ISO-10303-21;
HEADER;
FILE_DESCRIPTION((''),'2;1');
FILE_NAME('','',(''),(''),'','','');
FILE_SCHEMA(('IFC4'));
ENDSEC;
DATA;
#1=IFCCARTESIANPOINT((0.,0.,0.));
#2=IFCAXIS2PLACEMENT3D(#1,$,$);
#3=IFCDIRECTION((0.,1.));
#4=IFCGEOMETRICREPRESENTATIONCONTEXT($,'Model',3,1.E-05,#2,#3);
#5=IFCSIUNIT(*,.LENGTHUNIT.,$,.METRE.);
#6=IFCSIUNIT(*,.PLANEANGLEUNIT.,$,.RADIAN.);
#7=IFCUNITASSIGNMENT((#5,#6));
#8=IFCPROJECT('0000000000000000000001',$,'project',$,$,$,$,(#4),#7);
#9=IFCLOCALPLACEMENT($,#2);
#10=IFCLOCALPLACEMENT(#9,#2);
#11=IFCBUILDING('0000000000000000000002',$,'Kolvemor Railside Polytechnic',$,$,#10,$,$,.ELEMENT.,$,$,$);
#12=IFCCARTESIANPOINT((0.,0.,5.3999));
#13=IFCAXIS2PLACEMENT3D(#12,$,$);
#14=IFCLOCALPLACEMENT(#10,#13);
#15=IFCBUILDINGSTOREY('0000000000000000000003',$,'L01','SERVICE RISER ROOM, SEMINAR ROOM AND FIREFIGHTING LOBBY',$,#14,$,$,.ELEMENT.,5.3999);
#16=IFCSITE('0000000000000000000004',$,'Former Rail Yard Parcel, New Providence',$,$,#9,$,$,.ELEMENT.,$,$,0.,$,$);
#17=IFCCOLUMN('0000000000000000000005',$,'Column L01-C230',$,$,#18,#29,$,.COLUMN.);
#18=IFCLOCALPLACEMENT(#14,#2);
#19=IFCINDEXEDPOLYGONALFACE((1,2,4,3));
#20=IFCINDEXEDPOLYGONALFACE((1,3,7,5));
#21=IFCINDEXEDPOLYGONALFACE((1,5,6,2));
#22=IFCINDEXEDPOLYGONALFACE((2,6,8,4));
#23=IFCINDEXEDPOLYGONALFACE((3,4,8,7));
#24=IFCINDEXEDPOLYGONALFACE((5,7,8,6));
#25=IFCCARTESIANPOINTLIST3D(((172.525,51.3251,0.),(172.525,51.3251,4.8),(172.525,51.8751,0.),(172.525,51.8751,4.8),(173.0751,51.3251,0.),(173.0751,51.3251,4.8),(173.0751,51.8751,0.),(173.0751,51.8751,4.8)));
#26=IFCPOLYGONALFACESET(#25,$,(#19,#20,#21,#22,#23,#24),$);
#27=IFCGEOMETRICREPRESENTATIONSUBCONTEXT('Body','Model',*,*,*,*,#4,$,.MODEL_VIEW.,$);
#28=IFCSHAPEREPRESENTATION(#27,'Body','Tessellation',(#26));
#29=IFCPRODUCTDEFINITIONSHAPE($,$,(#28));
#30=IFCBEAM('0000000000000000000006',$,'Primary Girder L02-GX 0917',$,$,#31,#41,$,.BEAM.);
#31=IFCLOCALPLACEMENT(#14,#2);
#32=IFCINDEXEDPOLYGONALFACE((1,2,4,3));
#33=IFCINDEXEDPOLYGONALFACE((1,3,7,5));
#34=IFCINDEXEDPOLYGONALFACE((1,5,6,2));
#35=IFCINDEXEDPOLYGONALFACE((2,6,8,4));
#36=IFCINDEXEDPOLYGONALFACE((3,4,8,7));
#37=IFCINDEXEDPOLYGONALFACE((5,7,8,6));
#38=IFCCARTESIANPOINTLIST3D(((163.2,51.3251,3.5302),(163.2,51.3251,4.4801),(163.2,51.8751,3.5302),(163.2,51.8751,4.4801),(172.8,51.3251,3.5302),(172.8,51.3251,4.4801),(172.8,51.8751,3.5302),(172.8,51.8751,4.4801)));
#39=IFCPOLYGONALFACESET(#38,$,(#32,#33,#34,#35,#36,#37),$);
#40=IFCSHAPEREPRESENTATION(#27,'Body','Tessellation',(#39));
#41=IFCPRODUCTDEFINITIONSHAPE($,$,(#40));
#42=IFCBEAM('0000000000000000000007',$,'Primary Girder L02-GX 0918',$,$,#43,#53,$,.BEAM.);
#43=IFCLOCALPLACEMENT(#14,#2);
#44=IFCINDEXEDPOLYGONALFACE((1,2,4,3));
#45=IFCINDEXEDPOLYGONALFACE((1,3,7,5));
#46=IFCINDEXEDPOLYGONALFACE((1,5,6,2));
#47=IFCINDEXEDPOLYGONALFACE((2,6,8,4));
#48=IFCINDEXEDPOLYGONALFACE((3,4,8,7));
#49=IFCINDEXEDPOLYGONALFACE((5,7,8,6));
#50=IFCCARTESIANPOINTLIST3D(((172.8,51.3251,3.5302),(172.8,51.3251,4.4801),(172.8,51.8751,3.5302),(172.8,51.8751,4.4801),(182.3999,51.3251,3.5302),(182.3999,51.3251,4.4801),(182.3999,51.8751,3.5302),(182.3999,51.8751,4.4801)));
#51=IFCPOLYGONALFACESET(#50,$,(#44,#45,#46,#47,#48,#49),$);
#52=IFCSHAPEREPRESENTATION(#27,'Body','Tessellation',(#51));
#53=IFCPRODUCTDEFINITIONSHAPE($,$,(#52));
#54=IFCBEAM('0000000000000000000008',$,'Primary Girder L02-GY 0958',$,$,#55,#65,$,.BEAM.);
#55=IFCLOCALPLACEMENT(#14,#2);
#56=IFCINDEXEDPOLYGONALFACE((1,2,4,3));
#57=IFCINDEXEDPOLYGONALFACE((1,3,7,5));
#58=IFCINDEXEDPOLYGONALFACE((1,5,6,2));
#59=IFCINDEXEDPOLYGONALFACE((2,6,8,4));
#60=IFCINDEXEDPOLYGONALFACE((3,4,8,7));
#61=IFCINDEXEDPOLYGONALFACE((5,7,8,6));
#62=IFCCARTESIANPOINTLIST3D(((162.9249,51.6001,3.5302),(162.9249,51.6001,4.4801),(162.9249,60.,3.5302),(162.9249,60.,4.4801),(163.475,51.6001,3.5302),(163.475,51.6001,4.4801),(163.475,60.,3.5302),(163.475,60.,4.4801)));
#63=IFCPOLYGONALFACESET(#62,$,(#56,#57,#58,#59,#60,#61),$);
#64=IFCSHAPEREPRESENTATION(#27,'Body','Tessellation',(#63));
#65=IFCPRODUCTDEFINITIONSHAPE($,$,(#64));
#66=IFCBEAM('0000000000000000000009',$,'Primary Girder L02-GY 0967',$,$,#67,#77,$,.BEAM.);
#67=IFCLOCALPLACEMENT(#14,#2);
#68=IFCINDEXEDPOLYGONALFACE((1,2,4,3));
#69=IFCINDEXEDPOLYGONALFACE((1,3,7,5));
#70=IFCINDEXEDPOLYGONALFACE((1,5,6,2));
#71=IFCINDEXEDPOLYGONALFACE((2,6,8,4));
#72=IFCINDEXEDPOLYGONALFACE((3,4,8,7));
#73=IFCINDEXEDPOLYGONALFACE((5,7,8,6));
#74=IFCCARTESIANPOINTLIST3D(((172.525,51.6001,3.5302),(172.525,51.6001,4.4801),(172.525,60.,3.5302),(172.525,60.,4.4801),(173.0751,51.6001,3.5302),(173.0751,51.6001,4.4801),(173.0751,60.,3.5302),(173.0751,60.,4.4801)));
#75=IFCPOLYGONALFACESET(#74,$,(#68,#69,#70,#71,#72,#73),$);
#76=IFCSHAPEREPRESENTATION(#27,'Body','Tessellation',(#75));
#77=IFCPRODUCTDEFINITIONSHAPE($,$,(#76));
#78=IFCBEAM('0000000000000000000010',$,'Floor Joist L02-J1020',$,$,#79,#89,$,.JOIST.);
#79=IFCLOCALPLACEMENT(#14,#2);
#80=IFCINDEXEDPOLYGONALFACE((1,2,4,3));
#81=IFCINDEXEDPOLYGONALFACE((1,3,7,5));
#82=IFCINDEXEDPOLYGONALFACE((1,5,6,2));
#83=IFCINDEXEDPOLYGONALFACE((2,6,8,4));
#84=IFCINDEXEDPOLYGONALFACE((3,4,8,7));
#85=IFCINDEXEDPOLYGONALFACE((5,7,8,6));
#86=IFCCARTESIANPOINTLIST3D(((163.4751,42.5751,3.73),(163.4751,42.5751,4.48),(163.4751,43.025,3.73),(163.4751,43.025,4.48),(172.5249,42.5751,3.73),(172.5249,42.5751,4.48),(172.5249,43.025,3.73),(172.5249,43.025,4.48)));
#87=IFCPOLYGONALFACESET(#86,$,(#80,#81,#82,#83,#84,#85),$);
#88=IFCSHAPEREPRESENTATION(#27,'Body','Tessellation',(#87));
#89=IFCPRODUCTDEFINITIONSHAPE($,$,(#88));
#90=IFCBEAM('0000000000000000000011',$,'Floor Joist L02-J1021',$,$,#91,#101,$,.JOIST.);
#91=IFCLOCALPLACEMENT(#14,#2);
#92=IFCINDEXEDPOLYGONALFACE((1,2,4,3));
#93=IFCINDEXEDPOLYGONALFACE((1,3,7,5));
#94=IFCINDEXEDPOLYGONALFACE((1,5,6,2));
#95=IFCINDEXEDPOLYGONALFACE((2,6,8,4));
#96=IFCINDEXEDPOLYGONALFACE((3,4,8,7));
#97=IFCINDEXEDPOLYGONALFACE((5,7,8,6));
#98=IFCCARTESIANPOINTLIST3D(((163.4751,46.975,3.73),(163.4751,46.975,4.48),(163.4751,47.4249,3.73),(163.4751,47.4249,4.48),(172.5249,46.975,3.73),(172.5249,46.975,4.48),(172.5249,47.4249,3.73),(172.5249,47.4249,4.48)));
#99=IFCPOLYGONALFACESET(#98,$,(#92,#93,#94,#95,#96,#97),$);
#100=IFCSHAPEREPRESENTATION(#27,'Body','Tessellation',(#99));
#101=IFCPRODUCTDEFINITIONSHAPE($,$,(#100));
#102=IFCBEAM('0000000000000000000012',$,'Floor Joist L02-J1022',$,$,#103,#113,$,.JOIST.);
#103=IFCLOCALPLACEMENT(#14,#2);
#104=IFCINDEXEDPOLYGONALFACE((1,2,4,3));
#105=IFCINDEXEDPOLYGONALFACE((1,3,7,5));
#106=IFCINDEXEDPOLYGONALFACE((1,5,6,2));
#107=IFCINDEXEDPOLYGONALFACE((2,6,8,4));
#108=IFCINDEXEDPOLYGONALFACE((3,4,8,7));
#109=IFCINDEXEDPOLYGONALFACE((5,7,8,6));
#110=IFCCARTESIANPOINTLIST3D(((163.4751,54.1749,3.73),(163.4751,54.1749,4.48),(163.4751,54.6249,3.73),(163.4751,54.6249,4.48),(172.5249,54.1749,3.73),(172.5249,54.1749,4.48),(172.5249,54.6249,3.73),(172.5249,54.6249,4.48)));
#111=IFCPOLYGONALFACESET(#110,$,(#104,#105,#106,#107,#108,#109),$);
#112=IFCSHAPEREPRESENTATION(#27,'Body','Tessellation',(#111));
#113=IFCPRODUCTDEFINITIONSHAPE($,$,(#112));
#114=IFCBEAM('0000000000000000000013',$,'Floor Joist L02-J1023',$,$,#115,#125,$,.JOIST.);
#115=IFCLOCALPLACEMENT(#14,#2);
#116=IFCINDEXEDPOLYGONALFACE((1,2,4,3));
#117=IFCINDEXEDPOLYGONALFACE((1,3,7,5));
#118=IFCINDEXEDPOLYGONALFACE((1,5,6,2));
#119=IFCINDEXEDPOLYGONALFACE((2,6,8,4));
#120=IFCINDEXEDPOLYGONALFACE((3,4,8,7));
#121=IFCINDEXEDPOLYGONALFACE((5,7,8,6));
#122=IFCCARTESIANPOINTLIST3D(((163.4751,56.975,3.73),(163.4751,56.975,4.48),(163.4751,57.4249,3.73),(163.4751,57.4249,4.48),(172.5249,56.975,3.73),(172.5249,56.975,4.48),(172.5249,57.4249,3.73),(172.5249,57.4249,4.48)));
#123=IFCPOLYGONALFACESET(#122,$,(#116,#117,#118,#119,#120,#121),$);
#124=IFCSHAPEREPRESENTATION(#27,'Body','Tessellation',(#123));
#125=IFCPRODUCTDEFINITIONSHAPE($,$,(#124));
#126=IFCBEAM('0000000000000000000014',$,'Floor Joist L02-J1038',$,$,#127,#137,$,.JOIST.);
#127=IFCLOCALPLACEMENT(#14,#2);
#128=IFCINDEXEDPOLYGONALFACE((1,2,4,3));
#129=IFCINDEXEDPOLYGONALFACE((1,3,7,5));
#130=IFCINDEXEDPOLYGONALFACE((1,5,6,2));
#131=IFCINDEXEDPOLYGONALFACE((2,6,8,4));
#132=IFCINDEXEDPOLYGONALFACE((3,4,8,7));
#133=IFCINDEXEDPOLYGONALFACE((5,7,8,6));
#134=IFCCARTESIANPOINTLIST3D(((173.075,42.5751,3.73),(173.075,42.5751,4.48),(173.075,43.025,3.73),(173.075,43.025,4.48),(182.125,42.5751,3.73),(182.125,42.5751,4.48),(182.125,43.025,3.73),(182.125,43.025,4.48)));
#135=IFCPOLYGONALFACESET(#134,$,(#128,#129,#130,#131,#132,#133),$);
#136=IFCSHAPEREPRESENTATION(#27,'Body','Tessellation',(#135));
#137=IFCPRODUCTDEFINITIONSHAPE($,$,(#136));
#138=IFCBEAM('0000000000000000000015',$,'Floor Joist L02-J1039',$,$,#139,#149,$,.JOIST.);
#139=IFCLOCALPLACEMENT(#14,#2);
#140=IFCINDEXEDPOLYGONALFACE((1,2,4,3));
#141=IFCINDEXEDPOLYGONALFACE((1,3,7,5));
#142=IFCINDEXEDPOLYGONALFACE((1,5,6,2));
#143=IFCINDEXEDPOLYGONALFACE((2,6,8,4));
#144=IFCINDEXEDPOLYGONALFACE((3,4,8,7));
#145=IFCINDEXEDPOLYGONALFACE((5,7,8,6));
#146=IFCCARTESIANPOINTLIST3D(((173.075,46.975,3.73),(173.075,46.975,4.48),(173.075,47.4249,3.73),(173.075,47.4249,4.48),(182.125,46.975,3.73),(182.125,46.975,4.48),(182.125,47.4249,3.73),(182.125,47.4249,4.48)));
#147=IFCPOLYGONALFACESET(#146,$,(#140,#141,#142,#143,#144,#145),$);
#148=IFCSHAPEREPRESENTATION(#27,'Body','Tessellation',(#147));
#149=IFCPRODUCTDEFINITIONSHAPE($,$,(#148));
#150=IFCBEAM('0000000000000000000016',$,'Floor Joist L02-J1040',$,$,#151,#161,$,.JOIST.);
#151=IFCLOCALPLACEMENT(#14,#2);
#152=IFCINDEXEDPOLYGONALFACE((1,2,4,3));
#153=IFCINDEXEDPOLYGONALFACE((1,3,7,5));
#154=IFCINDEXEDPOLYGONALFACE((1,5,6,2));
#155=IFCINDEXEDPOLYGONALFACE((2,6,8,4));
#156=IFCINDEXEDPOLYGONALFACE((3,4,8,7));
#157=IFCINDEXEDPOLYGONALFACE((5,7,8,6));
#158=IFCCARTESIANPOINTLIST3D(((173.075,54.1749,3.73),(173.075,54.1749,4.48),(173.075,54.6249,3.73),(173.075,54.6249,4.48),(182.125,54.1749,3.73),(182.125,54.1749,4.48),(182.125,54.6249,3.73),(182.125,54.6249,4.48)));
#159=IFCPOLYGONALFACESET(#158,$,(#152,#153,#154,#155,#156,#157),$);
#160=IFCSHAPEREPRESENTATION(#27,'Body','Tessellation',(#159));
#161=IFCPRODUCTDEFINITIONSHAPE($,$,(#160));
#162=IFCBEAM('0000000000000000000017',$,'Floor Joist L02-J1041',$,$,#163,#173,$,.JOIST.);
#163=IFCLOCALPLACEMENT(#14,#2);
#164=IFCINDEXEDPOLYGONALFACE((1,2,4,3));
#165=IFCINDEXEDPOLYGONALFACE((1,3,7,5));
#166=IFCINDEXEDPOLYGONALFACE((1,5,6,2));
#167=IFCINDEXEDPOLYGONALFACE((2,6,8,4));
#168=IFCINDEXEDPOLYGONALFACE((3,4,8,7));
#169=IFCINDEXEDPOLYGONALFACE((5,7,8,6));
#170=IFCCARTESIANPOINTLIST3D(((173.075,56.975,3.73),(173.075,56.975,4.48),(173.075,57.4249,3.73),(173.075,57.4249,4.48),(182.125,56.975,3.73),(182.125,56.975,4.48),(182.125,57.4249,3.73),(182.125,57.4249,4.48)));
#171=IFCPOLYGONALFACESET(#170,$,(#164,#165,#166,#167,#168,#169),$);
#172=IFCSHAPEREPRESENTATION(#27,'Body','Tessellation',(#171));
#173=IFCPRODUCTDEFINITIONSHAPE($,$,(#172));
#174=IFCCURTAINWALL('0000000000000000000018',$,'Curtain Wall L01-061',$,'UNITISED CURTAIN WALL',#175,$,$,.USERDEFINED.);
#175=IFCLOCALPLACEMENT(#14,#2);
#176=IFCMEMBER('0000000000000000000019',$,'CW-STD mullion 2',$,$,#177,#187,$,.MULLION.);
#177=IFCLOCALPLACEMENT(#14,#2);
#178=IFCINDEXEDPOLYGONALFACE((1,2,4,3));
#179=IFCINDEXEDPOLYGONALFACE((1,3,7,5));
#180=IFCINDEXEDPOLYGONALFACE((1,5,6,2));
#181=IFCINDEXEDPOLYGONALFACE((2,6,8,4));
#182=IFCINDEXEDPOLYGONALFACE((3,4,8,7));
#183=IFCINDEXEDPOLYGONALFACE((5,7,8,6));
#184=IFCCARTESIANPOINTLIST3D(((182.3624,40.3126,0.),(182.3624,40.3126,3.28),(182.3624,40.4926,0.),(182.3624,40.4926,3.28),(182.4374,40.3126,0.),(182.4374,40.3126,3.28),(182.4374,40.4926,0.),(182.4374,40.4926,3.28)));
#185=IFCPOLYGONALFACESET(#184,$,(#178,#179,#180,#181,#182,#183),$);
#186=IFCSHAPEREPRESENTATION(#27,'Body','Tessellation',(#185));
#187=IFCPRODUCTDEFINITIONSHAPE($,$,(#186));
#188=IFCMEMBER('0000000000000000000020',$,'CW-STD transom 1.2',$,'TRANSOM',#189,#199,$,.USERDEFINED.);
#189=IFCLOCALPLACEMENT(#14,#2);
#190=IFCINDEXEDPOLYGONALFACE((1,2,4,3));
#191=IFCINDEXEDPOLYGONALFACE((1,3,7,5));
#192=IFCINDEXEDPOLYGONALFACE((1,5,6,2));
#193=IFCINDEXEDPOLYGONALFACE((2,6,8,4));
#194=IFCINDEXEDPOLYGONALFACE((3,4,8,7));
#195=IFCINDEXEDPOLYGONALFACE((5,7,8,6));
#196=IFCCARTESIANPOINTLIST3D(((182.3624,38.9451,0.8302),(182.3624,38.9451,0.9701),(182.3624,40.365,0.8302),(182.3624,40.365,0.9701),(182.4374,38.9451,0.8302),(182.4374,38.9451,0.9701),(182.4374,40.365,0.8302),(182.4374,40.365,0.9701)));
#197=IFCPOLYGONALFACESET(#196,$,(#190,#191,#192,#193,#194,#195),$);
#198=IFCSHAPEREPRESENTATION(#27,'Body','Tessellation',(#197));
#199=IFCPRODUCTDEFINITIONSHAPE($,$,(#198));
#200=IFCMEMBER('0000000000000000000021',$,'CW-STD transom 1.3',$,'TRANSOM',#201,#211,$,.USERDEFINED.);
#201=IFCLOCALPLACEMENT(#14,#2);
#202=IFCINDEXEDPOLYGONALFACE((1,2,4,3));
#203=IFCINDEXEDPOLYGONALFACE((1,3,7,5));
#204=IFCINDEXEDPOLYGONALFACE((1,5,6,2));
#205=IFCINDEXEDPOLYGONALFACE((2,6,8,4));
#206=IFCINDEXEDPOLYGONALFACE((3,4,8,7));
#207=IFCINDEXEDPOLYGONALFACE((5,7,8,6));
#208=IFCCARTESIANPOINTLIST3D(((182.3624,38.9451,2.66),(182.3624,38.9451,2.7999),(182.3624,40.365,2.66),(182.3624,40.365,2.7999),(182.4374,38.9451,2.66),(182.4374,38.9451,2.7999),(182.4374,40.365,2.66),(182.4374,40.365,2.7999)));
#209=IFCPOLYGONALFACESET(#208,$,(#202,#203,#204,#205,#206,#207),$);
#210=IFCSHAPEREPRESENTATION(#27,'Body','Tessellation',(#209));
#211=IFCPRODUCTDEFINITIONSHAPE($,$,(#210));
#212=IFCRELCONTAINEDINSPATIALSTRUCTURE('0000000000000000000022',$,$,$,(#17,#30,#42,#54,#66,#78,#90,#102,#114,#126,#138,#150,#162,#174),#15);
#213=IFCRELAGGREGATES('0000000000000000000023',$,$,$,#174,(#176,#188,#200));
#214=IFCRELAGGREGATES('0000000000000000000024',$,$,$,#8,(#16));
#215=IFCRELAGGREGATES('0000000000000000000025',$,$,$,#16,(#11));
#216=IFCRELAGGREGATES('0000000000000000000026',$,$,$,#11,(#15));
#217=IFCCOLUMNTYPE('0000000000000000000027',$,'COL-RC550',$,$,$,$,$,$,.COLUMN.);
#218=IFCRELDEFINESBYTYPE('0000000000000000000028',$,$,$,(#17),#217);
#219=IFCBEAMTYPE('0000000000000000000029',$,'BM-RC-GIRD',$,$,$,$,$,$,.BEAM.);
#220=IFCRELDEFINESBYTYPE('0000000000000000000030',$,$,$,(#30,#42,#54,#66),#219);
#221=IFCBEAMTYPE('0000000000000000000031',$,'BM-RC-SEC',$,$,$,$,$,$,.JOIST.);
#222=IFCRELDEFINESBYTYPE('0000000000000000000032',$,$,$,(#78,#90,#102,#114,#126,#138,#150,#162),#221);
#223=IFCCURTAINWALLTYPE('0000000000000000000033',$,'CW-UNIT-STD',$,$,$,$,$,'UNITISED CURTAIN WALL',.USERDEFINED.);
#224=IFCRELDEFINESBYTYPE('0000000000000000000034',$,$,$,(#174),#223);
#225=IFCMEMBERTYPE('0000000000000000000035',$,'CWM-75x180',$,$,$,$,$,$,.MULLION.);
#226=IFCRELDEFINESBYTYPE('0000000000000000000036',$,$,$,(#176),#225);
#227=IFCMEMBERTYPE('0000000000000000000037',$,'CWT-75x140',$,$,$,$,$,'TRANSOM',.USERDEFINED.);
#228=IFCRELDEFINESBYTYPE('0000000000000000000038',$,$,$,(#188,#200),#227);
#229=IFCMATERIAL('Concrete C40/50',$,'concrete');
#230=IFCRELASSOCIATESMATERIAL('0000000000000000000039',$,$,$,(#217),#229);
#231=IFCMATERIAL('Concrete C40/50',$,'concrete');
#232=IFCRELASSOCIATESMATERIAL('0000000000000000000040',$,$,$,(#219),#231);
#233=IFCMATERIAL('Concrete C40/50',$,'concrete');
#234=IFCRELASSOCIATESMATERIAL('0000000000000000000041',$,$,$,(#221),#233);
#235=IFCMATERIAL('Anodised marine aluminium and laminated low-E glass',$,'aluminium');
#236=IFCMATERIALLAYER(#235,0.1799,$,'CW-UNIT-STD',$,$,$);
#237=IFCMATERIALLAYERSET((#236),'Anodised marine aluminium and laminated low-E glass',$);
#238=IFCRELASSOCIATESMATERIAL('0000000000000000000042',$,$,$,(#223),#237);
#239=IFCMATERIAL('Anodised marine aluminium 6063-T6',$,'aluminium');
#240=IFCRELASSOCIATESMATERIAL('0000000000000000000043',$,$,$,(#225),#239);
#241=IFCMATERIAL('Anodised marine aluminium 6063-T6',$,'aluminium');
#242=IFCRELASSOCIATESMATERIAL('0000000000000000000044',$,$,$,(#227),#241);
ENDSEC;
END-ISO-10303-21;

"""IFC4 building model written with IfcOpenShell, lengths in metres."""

from ifc_helpers import new_model, si_unit, direction, frame, origin, origin_2d, place, context, subcontext, project, spatial, rectangle, extrude, material, layer, layer_set, material_profile, profile_set, type_object, element, aggregate, save


model = new_model("IFC4")

# Units and contexts
model_context = context("Model", 3, precision=1e-05, world=origin(), true_north=direction((0.0, 1.0)))
body_context = subcontext(model_context, "Body", "Model", "MODEL_VIEW")
ifc_project = project(units=[si_unit("LENGTHUNIT", "METRE"), si_unit("PLANEANGLEUNIT", "RADIAN")], contexts=[model_context])

# Site, building, storey
site_placement = place(None, origin())
site = spatial("IfcSite", under=ifc_project, at=site_placement, Name="Former Rail Yard Parcel, New Providence", CompositionType="ELEMENT", RefElevation=0.0)
building_placement = place(site_placement, origin())
building = spatial("IfcBuilding", under=site, at=building_placement, Name="Kolvemor Railside Polytechnic", CompositionType="ELEMENT")
storey_placement = place(building_placement, frame((0.0, 0.0, 5.3999)))
storey = spatial("IfcBuildingStorey", under=building, at=storey_placement, Name="L01", Description="SERVICE RISER ROOM, SEMINAR ROOM AND FIREFIGHTING LOBBY", CompositionType="ELEMENT", Elevation=5.3999)

# Column
ifc_material_1 = material(Name="Concrete C40/50", Category="concrete")
ifc_material_profile_1 = material_profile(ifc_material_1, rectangle(XDim=0.55, YDim=0.55, at=origin_2d()), Name="RC550x550")
ifc_profile_set_1 = profile_set([ifc_material_profile_1], Name="Concrete C40/50")
column_type = type_object("IfcColumnType", Name="COL-RC550", PredefinedType="COLUMN", material=ifc_profile_set_1)
column_placement = place(storey_placement, frame((172.8, 51.6001, 0.0), z_axis=(0.0, 0.0, 1.0), x_axis=(1.0, 0.0, 0.0)))
element("IfcColumn", 1, at=column_placement, inside=storey, type_object=column_type, Name="Column L01-C230", PredefinedType="COLUMN", context=body_context, shape_type="SweptSolid", body=[
    extrude(rectangle(XDim=0.55, YDim=0.55, at=origin_2d()), origin(), (0.0, 0.0, 1.0), 4.8),
])

# Beams
ifc_material_2 = material(Name="Concrete C40/50", Category="concrete")
ifc_material_profile_2 = material_profile(ifc_material_2, rectangle(XDim=0.55, YDim=0.95, at=origin_2d()), Name="RC550x950")
ifc_profile_set_2 = profile_set([ifc_material_profile_2], Name="Concrete C40/50")
beam_type_1 = type_object("IfcBeamType", Name="BM-RC-GIRD", PredefinedType="BEAM", material=ifc_profile_set_2)
beam_1_placement = place(storey_placement, frame((163.2, 51.6001, 4.0051), z_axis=(1.0, 0.0, 0.0), x_axis=(0.0, 1.0, 0.0)))
element("IfcBeam", 2, at=beam_1_placement, inside=storey, type_object=beam_type_1, Name="Primary Girder L02-GX 0917", PredefinedType="BEAM", context=body_context, shape_type="SweptSolid", body=[
    extrude(rectangle(XDim=0.55, YDim=0.95, at=origin_2d()), origin(), (0.0, 0.0, 1.0), 9.6001),
])
beam_2_placement = place(storey_placement, frame((172.8, 51.6001, 4.0051), z_axis=(1.0, 0.0, 0.0), x_axis=(0.0, 1.0, 0.0)))
element("IfcBeam", 3, at=beam_2_placement, inside=storey, type_object=beam_type_1, Name="Primary Girder L02-GX 0918", PredefinedType="BEAM", context=body_context, shape_type="SweptSolid", body=[
    extrude(rectangle(XDim=0.55, YDim=0.95, at=origin_2d()), origin(), (0.0, 0.0, 1.0), 9.5999),
])
for number, where, z_axis, x_axis, name in (
    (4, (163.2, 51.6001, 4.0051), (0.0, 1.0, 0.0), (-1.0, 0.0, 0.0), "Primary Girder L02-GY 0958"),
    (5, (172.8, 51.6001, 4.0051), (0.0, 1.0, 0.0), (-1.0, 0.0, 0.0), "Primary Girder L02-GY 0967"),
):
    element("IfcBeam", number, at=place(storey_placement, frame(where, z_axis=z_axis, x_axis=x_axis)), inside=storey, type_object=beam_type_1, Name=name, PredefinedType="BEAM", context=body_context, shape_type="SweptSolid", body=[
        extrude(rectangle(XDim=0.55, YDim=0.95, at=origin_2d()), origin(), (0.0, 0.0, 1.0), 8.3999),
    ])
ifc_material_3 = material(Name="Concrete C40/50", Category="concrete")
ifc_material_profile_3 = material_profile(ifc_material_3, rectangle(XDim=0.45, YDim=0.75, at=origin_2d()), Name="RC450x750")
ifc_profile_set_3 = profile_set([ifc_material_profile_3], Name="Concrete C40/50")
beam_type_2 = type_object("IfcBeamType", Name="BM-RC-SEC", PredefinedType="JOIST", material=ifc_profile_set_3)
for number, where, z_axis, x_axis, name in (
    (6, (163.4751, 42.8, 4.105), (1.0, 0.0, 0.0), (0.0, 1.0, 0.0), "Floor Joist L02-J1020"),
    (7, (163.4751, 47.2, 4.105), (1.0, 0.0, 0.0), (0.0, 1.0, 0.0), "Floor Joist L02-J1021"),
    (8, (163.4751, 54.3999, 4.105), (1.0, 0.0, 0.0), (0.0, 1.0, 0.0), "Floor Joist L02-J1022"),
    (9, (163.4751, 57.2, 4.105), (1.0, 0.0, 0.0), (0.0, 1.0, 0.0), "Floor Joist L02-J1023"),
):
    element("IfcBeam", number, at=place(storey_placement, frame(where, z_axis=z_axis, x_axis=x_axis)), inside=storey, type_object=beam_type_2, Name=name, PredefinedType="JOIST", context=body_context, shape_type="SweptSolid", body=[
        extrude(rectangle(XDim=0.45, YDim=0.75, at=origin_2d()), origin(), (0.0, 0.0, 1.0), 9.0498),
    ])
for number, where, z_axis, x_axis, name in (
    (10, (173.075, 42.8, 4.105), (1.0, 0.0, 0.0), (0.0, 1.0, 0.0), "Floor Joist L02-J1038"),
    (11, (173.075, 47.2, 4.105), (1.0, 0.0, 0.0), (0.0, 1.0, 0.0), "Floor Joist L02-J1039"),
    (12, (173.075, 54.3999, 4.105), (1.0, 0.0, 0.0), (0.0, 1.0, 0.0), "Floor Joist L02-J1040"),
    (13, (173.075, 57.2, 4.105), (1.0, 0.0, 0.0), (0.0, 1.0, 0.0), "Floor Joist L02-J1041"),
):
    element("IfcBeam", number, at=place(storey_placement, frame(where, z_axis=z_axis, x_axis=x_axis)), inside=storey, type_object=beam_type_2, Name=name, PredefinedType="JOIST", context=body_context, shape_type="SweptSolid", body=[
        extrude(rectangle(XDim=0.45, YDim=0.75, at=origin_2d()), origin(), (0.0, 0.0, 1.0), 9.05),
    ])

# Curtain wall, members
ifc_material_4 = material(Name="Anodised marine aluminium and laminated low-E glass", Category="aluminium")
ifc_layer_1 = layer(ifc_material_4, 0.1799, Name="CW-UNIT-STD")
ifc_layer_set_1 = layer_set([ifc_layer_1], Name="Anodised marine aluminium and laminated low-E glass")
curtain_wall_type = type_object("IfcCurtainWallType", Name="CW-UNIT-STD", ElementType="UNITISED CURTAIN WALL", PredefinedType="USERDEFINED", material=ifc_layer_set_1)
curtain_wall_placement = place(storey_placement, origin())
curtain_wall = element("IfcCurtainWall", 14, at=curtain_wall_placement, inside=storey, type_object=curtain_wall_type, Name="Curtain Wall L01-061", ObjectType="UNITISED CURTAIN WALL", PredefinedType="USERDEFINED")
ifc_material_5 = material(Name="Anodised marine aluminium 6063-T6", Category="aluminium")
ifc_material_profile_4 = material_profile(ifc_material_5, rectangle(XDim=0.075, YDim=0.1799, at=origin_2d()), Name="CW-MUL-75x180")
ifc_profile_set_4 = profile_set([ifc_material_profile_4], Name="Anodised marine aluminium 6063-T6")
member_type_1 = type_object("IfcMemberType", Name="CWM-75x180", PredefinedType="MULLION", material=ifc_profile_set_4)
member_1_placement = place(storey_placement, frame((182.3999, 40.4026, 0.0), z_axis=(0.0, 0.0, 1.0), x_axis=(-1.0, 0.0, 0.0)))
member_1 = element("IfcMember", 15, at=member_1_placement, type_object=member_type_1, Name="CW-STD mullion 2", PredefinedType="MULLION", context=body_context, shape_type="SweptSolid", body=[
    extrude(rectangle(XDim=0.075, YDim=0.1799, at=origin_2d()), origin(), (0.0, 0.0, 1.0), 3.28),
])
ifc_material_6 = material(Name="Anodised marine aluminium 6063-T6", Category="aluminium")
ifc_material_profile_5 = material_profile(ifc_material_6, rectangle(XDim=0.075, YDim=0.1399, at=origin_2d()), Name="CW-TRN-75x140")
ifc_profile_set_5 = profile_set([ifc_material_profile_5], Name="Anodised marine aluminium 6063-T6")
member_type_2 = type_object("IfcMemberType", Name="CWT-75x140", ElementType="TRANSOM", PredefinedType="USERDEFINED", material=ifc_profile_set_5)
member_2_placement = place(storey_placement, frame((182.3999, 38.9451, 0.9001), z_axis=(0.0, 1.0, 0.0), x_axis=(-1.0, 0.0, 0.0)))
member_2 = element("IfcMember", 16, at=member_2_placement, type_object=member_type_2, Name="CW-STD transom 1.2", ObjectType="TRANSOM", PredefinedType="USERDEFINED", context=body_context, shape_type="SweptSolid", body=[
    extrude(rectangle(XDim=0.075, YDim=0.1399, at=origin_2d()), origin(), (0.0, 0.0, 1.0), 1.4199),
])
member_3_placement = place(storey_placement, frame((182.3999, 38.9451, 2.73), z_axis=(0.0, 1.0, 0.0), x_axis=(-1.0, 0.0, 0.0)))
member_3 = element("IfcMember", 17, at=member_3_placement, type_object=member_type_2, Name="CW-STD transom 1.3", ObjectType="TRANSOM", PredefinedType="USERDEFINED", context=body_context, shape_type="SweptSolid", body=[
    extrude(rectangle(XDim=0.075, YDim=0.1399, at=origin_2d()), origin(), (0.0, 0.0, 1.0), 1.4199),
])
aggregate(curtain_wall, [member_1, member_2, member_3])

save(model, "model.ifc")
